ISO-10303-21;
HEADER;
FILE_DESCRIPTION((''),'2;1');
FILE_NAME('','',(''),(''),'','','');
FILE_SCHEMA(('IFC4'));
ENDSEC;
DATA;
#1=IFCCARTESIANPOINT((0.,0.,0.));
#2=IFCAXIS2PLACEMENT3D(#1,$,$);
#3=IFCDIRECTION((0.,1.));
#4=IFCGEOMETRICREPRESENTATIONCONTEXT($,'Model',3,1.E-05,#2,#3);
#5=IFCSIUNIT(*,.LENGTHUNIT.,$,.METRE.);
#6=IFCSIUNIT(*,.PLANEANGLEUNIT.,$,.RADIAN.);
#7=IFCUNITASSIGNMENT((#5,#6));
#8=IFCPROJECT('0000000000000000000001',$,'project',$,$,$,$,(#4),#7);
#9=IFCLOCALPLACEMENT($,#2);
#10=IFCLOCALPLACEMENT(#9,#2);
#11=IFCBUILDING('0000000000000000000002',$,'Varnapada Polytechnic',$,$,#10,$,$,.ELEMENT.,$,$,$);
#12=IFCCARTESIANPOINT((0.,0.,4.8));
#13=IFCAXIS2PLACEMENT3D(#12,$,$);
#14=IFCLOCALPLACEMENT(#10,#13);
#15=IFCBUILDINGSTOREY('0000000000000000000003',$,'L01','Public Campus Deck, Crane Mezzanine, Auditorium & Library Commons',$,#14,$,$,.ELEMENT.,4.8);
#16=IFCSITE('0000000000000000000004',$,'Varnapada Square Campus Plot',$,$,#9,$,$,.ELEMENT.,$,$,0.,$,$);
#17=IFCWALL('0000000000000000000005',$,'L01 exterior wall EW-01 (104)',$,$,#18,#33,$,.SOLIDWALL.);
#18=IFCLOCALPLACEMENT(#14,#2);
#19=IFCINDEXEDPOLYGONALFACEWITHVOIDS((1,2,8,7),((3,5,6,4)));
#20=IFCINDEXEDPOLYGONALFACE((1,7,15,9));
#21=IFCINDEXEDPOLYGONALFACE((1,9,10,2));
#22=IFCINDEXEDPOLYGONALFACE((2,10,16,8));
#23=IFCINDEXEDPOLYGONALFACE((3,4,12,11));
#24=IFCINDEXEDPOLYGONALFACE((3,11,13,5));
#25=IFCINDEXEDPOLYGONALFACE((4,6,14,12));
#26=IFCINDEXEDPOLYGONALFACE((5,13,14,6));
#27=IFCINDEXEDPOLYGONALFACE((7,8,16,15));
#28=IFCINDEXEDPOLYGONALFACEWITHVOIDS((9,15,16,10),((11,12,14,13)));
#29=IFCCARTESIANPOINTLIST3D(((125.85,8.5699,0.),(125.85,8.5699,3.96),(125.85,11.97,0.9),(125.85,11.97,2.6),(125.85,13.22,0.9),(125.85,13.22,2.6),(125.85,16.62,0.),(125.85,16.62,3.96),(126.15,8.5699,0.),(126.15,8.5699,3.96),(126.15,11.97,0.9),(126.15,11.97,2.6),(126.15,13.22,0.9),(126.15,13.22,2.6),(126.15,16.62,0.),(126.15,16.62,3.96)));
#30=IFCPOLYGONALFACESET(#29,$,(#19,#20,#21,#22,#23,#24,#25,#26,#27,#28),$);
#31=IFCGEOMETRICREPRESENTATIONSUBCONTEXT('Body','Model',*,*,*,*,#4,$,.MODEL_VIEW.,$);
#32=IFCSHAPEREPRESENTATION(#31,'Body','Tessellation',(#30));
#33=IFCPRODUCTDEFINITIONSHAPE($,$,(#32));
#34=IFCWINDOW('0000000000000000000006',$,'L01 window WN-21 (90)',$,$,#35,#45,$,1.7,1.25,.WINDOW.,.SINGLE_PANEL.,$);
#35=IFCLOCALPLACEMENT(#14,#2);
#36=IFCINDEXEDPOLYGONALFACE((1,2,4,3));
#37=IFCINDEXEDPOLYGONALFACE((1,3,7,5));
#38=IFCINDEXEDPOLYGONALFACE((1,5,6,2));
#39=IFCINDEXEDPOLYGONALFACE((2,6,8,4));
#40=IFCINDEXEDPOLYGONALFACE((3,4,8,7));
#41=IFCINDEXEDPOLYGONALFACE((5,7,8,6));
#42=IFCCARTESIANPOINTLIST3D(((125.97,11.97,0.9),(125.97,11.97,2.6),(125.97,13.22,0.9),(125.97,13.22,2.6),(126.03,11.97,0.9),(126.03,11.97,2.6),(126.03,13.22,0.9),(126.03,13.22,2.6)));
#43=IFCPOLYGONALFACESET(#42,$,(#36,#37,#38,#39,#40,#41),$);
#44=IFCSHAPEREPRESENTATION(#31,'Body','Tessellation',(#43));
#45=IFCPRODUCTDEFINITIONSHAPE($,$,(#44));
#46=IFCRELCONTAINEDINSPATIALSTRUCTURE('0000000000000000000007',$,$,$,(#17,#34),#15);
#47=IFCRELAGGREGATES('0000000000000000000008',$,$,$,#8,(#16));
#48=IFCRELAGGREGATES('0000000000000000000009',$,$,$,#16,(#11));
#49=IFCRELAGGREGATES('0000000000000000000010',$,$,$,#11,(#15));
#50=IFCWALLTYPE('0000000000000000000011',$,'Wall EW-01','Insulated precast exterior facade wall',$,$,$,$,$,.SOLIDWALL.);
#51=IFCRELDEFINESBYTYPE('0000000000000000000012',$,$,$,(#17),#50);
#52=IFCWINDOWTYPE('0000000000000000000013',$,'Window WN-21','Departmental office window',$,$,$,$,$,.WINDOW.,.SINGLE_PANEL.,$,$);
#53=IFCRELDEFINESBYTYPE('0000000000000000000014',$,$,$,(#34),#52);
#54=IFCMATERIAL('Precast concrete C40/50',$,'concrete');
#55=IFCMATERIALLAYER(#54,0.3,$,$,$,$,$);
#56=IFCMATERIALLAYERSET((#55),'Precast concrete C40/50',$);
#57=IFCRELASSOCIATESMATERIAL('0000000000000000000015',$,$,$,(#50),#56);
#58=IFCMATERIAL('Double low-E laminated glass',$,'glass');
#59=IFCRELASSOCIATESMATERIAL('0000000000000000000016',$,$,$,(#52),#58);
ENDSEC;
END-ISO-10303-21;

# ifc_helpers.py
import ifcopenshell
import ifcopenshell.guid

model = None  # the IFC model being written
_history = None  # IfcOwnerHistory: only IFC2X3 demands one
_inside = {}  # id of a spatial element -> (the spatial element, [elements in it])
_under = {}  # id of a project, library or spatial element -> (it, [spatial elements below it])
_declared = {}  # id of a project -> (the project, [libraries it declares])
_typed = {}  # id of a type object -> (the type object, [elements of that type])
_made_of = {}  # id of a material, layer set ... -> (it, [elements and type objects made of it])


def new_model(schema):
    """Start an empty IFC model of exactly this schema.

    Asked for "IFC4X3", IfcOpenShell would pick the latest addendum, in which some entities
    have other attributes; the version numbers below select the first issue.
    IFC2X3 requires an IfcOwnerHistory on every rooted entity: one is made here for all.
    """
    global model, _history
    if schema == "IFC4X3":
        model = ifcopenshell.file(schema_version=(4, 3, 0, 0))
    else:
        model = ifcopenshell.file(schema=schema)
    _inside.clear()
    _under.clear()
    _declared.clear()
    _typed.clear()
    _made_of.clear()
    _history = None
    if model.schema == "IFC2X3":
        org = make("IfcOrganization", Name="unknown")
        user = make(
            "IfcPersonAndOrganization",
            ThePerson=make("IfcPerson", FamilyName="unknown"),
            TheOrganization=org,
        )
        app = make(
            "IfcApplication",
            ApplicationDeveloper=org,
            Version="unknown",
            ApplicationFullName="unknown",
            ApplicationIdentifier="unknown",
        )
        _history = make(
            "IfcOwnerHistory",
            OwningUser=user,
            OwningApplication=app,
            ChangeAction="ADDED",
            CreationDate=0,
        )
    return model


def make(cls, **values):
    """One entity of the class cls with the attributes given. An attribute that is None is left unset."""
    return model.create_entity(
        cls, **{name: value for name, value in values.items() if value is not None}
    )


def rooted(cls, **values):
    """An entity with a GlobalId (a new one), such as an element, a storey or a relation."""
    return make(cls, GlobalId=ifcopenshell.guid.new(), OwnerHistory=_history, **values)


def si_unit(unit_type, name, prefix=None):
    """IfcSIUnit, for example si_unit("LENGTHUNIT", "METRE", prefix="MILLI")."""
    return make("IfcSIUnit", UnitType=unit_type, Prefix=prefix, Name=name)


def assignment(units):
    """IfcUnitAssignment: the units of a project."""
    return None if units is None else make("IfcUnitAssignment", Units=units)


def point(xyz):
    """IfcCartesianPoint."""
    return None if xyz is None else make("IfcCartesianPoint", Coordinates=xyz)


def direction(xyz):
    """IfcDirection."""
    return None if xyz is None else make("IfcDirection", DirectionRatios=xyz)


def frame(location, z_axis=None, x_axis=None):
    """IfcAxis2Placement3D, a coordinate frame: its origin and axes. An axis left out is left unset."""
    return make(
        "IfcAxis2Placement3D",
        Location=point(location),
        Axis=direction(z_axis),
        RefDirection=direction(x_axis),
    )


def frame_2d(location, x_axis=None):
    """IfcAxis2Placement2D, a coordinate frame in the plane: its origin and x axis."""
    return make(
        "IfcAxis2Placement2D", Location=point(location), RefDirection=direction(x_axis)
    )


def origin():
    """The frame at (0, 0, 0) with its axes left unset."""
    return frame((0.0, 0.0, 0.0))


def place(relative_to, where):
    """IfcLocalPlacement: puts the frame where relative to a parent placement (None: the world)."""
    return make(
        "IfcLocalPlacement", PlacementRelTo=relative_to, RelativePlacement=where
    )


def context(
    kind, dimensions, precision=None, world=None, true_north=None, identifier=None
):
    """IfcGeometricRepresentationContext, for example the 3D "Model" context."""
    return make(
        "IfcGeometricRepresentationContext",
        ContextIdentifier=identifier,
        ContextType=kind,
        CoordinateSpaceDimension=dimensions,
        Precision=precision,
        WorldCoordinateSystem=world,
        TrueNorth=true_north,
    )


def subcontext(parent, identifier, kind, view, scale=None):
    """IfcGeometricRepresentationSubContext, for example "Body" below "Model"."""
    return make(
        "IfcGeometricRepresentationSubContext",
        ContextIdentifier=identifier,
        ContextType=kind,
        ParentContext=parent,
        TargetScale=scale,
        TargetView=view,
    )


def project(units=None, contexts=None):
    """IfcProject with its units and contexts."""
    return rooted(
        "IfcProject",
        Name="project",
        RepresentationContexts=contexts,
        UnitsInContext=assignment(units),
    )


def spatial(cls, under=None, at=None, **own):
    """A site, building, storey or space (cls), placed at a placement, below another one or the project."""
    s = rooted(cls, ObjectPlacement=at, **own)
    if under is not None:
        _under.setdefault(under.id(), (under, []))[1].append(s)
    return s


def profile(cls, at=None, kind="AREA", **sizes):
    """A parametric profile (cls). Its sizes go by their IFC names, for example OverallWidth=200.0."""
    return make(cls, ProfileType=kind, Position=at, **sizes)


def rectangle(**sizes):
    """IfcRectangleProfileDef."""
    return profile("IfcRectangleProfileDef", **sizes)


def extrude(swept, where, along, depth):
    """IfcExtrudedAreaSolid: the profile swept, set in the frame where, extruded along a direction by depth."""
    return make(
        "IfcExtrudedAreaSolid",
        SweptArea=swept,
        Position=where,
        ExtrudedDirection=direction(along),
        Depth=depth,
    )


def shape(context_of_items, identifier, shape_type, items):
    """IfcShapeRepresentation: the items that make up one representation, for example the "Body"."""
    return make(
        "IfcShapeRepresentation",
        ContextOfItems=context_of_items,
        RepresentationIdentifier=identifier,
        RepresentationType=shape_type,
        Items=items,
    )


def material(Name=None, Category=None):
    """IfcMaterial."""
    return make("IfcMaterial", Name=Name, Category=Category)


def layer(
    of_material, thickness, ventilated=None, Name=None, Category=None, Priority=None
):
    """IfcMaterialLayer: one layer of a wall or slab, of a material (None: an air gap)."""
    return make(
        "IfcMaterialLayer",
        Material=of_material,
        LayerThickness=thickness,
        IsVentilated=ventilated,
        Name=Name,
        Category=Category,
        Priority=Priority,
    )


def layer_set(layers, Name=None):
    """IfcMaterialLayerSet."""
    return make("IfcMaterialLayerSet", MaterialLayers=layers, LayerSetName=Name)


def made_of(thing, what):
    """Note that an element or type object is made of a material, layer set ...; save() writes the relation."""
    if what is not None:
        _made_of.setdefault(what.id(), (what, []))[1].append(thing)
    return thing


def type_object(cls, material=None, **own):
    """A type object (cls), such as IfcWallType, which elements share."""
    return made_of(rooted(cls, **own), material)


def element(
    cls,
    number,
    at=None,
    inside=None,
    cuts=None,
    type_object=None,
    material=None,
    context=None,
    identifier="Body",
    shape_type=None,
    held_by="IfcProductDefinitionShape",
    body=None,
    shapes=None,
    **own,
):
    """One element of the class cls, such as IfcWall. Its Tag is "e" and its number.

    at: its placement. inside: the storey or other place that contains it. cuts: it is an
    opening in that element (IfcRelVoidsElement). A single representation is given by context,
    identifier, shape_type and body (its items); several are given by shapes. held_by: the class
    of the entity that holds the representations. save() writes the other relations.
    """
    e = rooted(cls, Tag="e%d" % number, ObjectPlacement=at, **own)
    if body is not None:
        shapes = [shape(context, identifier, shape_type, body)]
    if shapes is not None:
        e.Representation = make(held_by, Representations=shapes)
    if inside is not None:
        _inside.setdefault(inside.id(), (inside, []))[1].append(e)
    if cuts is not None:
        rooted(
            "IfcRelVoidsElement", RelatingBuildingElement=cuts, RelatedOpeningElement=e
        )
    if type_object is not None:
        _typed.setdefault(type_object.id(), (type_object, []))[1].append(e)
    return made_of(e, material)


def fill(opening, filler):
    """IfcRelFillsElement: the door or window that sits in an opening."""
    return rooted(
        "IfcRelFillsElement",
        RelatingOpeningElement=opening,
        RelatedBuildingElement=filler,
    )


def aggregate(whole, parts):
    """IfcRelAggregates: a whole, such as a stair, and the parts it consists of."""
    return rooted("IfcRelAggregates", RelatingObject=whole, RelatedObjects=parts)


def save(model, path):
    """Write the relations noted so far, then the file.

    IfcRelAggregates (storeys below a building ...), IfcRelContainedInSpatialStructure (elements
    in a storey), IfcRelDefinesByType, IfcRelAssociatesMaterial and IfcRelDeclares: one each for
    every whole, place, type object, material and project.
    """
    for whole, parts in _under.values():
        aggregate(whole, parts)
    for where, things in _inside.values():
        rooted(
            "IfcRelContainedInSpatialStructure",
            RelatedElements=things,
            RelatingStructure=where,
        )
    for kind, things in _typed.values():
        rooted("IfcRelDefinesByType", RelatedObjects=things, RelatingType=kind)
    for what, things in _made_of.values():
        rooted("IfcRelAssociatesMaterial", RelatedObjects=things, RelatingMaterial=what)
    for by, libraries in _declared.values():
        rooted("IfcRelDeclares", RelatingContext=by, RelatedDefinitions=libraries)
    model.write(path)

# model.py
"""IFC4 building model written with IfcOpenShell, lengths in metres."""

from ifc_helpers import new_model, si_unit, direction, frame, frame_2d, origin, place, context, subcontext, project, spatial, rectangle, extrude, material, layer, layer_set, type_object, element, fill, save


model = new_model("IFC4")

# Units and contexts
model_context = context("Model", 3, precision=1e-05, world=origin(), true_north=direction((0.0, 1.0)))
body_context = subcontext(model_context, "Body", "Model", "MODEL_VIEW")
ifc_project = project(units=[si_unit("LENGTHUNIT", "METRE"), si_unit("PLANEANGLEUNIT", "RADIAN")], contexts=[model_context])

# Site, building, storey
site_placement = place(None, origin())
site = spatial("IfcSite", under=ifc_project, at=site_placement, Name="Varnapada Square Campus Plot", CompositionType="ELEMENT", RefElevation=0.0)
building_placement = place(site_placement, origin())
building = spatial("IfcBuilding", under=site, at=building_placement, Name="Varnapada Polytechnic", CompositionType="ELEMENT")
storey_placement = place(building_placement, frame((0.0, 0.0, 4.8)))
storey = spatial("IfcBuildingStorey", under=building, at=storey_placement, Name="L01", Description="Public Campus Deck, Crane Mezzanine, Auditorium & Library Commons", CompositionType="ELEMENT", Elevation=4.8)

# Wall, opening, window
ifc_material_1 = material(Name="Precast concrete C40/50", Category="concrete")
ifc_layer_1 = layer(ifc_material_1, 0.3)
ifc_layer_set_1 = layer_set([ifc_layer_1], Name="Precast concrete C40/50")
wall_type_1 = type_object("IfcWallType", Name="Wall EW-01", Description="Insulated precast exterior facade wall", PredefinedType="SOLIDWALL", material=ifc_layer_set_1)
ifc_material_2 = material(Name="Double low-E laminated glass", Category="glass")
wall_1_placement = place(storey_placement, frame((126.0, 8.5701, 0.0), z_axis=(0.0, 0.0, 1.0), x_axis=(0.0, 1.0, 0.0)))
wall_1 = element("IfcWall", 1, at=wall_1_placement, inside=storey, type_object=wall_type_1, Name="L01 exterior wall EW-01 (104)", PredefinedType="SOLIDWALL", context=body_context, shape_type="SweptSolid", body=[
    extrude(rectangle(XDim=8.05, YDim=0.3, at=frame_2d((4.0249, 0.0))), origin(), (0.0, 0.0, 1.0), 3.96),
])
opening_1_placement = place(wall_1_placement, frame((3.3999, 0.0, 0.8999)))
opening_1 = element("IfcOpeningElement", 2, at=opening_1_placement, cuts=wall_1, PredefinedType="OPENING", context=body_context, shape_type="SweptSolid", body=[
    extrude(rectangle(XDim=1.25, YDim=1.7, at=frame_2d((0.625, 0.8501))), frame((0.0, 0.1599, 0.0), z_axis=(0.0, -1.0, 0.0), x_axis=(1.0, 0.0, 0.0)), (0.0, 0.0, 1.0), 0.3201),
])
window_type_1 = type_object("IfcWindowType", Name="Window WN-21", Description="Departmental office window", PartitioningType="SINGLE_PANEL", PredefinedType="WINDOW", material=ifc_material_2)
window_1_placement = place(opening_1_placement, origin())
window_1 = element("IfcWindow", 3, at=window_1_placement, inside=storey, type_object=window_type_1, Name="L01 window WN-21 (90)", OverallHeight=1.7, OverallWidth=1.25, PartitioningType="SINGLE_PANEL", PredefinedType="WINDOW", context=body_context, shape_type="SweptSolid", body=[
    extrude(rectangle(XDim=1.25, YDim=1.7, at=frame_2d((0.625, 0.8501))), frame((0.0, 0.03, 0.0), z_axis=(0.0, -1.0, 0.0), x_axis=(1.0, 0.0, 0.0)), (0.0, 0.0, 1.0), 0.0601),
])
fill(opening_1, window_1)

save(model, "model.ifc")
